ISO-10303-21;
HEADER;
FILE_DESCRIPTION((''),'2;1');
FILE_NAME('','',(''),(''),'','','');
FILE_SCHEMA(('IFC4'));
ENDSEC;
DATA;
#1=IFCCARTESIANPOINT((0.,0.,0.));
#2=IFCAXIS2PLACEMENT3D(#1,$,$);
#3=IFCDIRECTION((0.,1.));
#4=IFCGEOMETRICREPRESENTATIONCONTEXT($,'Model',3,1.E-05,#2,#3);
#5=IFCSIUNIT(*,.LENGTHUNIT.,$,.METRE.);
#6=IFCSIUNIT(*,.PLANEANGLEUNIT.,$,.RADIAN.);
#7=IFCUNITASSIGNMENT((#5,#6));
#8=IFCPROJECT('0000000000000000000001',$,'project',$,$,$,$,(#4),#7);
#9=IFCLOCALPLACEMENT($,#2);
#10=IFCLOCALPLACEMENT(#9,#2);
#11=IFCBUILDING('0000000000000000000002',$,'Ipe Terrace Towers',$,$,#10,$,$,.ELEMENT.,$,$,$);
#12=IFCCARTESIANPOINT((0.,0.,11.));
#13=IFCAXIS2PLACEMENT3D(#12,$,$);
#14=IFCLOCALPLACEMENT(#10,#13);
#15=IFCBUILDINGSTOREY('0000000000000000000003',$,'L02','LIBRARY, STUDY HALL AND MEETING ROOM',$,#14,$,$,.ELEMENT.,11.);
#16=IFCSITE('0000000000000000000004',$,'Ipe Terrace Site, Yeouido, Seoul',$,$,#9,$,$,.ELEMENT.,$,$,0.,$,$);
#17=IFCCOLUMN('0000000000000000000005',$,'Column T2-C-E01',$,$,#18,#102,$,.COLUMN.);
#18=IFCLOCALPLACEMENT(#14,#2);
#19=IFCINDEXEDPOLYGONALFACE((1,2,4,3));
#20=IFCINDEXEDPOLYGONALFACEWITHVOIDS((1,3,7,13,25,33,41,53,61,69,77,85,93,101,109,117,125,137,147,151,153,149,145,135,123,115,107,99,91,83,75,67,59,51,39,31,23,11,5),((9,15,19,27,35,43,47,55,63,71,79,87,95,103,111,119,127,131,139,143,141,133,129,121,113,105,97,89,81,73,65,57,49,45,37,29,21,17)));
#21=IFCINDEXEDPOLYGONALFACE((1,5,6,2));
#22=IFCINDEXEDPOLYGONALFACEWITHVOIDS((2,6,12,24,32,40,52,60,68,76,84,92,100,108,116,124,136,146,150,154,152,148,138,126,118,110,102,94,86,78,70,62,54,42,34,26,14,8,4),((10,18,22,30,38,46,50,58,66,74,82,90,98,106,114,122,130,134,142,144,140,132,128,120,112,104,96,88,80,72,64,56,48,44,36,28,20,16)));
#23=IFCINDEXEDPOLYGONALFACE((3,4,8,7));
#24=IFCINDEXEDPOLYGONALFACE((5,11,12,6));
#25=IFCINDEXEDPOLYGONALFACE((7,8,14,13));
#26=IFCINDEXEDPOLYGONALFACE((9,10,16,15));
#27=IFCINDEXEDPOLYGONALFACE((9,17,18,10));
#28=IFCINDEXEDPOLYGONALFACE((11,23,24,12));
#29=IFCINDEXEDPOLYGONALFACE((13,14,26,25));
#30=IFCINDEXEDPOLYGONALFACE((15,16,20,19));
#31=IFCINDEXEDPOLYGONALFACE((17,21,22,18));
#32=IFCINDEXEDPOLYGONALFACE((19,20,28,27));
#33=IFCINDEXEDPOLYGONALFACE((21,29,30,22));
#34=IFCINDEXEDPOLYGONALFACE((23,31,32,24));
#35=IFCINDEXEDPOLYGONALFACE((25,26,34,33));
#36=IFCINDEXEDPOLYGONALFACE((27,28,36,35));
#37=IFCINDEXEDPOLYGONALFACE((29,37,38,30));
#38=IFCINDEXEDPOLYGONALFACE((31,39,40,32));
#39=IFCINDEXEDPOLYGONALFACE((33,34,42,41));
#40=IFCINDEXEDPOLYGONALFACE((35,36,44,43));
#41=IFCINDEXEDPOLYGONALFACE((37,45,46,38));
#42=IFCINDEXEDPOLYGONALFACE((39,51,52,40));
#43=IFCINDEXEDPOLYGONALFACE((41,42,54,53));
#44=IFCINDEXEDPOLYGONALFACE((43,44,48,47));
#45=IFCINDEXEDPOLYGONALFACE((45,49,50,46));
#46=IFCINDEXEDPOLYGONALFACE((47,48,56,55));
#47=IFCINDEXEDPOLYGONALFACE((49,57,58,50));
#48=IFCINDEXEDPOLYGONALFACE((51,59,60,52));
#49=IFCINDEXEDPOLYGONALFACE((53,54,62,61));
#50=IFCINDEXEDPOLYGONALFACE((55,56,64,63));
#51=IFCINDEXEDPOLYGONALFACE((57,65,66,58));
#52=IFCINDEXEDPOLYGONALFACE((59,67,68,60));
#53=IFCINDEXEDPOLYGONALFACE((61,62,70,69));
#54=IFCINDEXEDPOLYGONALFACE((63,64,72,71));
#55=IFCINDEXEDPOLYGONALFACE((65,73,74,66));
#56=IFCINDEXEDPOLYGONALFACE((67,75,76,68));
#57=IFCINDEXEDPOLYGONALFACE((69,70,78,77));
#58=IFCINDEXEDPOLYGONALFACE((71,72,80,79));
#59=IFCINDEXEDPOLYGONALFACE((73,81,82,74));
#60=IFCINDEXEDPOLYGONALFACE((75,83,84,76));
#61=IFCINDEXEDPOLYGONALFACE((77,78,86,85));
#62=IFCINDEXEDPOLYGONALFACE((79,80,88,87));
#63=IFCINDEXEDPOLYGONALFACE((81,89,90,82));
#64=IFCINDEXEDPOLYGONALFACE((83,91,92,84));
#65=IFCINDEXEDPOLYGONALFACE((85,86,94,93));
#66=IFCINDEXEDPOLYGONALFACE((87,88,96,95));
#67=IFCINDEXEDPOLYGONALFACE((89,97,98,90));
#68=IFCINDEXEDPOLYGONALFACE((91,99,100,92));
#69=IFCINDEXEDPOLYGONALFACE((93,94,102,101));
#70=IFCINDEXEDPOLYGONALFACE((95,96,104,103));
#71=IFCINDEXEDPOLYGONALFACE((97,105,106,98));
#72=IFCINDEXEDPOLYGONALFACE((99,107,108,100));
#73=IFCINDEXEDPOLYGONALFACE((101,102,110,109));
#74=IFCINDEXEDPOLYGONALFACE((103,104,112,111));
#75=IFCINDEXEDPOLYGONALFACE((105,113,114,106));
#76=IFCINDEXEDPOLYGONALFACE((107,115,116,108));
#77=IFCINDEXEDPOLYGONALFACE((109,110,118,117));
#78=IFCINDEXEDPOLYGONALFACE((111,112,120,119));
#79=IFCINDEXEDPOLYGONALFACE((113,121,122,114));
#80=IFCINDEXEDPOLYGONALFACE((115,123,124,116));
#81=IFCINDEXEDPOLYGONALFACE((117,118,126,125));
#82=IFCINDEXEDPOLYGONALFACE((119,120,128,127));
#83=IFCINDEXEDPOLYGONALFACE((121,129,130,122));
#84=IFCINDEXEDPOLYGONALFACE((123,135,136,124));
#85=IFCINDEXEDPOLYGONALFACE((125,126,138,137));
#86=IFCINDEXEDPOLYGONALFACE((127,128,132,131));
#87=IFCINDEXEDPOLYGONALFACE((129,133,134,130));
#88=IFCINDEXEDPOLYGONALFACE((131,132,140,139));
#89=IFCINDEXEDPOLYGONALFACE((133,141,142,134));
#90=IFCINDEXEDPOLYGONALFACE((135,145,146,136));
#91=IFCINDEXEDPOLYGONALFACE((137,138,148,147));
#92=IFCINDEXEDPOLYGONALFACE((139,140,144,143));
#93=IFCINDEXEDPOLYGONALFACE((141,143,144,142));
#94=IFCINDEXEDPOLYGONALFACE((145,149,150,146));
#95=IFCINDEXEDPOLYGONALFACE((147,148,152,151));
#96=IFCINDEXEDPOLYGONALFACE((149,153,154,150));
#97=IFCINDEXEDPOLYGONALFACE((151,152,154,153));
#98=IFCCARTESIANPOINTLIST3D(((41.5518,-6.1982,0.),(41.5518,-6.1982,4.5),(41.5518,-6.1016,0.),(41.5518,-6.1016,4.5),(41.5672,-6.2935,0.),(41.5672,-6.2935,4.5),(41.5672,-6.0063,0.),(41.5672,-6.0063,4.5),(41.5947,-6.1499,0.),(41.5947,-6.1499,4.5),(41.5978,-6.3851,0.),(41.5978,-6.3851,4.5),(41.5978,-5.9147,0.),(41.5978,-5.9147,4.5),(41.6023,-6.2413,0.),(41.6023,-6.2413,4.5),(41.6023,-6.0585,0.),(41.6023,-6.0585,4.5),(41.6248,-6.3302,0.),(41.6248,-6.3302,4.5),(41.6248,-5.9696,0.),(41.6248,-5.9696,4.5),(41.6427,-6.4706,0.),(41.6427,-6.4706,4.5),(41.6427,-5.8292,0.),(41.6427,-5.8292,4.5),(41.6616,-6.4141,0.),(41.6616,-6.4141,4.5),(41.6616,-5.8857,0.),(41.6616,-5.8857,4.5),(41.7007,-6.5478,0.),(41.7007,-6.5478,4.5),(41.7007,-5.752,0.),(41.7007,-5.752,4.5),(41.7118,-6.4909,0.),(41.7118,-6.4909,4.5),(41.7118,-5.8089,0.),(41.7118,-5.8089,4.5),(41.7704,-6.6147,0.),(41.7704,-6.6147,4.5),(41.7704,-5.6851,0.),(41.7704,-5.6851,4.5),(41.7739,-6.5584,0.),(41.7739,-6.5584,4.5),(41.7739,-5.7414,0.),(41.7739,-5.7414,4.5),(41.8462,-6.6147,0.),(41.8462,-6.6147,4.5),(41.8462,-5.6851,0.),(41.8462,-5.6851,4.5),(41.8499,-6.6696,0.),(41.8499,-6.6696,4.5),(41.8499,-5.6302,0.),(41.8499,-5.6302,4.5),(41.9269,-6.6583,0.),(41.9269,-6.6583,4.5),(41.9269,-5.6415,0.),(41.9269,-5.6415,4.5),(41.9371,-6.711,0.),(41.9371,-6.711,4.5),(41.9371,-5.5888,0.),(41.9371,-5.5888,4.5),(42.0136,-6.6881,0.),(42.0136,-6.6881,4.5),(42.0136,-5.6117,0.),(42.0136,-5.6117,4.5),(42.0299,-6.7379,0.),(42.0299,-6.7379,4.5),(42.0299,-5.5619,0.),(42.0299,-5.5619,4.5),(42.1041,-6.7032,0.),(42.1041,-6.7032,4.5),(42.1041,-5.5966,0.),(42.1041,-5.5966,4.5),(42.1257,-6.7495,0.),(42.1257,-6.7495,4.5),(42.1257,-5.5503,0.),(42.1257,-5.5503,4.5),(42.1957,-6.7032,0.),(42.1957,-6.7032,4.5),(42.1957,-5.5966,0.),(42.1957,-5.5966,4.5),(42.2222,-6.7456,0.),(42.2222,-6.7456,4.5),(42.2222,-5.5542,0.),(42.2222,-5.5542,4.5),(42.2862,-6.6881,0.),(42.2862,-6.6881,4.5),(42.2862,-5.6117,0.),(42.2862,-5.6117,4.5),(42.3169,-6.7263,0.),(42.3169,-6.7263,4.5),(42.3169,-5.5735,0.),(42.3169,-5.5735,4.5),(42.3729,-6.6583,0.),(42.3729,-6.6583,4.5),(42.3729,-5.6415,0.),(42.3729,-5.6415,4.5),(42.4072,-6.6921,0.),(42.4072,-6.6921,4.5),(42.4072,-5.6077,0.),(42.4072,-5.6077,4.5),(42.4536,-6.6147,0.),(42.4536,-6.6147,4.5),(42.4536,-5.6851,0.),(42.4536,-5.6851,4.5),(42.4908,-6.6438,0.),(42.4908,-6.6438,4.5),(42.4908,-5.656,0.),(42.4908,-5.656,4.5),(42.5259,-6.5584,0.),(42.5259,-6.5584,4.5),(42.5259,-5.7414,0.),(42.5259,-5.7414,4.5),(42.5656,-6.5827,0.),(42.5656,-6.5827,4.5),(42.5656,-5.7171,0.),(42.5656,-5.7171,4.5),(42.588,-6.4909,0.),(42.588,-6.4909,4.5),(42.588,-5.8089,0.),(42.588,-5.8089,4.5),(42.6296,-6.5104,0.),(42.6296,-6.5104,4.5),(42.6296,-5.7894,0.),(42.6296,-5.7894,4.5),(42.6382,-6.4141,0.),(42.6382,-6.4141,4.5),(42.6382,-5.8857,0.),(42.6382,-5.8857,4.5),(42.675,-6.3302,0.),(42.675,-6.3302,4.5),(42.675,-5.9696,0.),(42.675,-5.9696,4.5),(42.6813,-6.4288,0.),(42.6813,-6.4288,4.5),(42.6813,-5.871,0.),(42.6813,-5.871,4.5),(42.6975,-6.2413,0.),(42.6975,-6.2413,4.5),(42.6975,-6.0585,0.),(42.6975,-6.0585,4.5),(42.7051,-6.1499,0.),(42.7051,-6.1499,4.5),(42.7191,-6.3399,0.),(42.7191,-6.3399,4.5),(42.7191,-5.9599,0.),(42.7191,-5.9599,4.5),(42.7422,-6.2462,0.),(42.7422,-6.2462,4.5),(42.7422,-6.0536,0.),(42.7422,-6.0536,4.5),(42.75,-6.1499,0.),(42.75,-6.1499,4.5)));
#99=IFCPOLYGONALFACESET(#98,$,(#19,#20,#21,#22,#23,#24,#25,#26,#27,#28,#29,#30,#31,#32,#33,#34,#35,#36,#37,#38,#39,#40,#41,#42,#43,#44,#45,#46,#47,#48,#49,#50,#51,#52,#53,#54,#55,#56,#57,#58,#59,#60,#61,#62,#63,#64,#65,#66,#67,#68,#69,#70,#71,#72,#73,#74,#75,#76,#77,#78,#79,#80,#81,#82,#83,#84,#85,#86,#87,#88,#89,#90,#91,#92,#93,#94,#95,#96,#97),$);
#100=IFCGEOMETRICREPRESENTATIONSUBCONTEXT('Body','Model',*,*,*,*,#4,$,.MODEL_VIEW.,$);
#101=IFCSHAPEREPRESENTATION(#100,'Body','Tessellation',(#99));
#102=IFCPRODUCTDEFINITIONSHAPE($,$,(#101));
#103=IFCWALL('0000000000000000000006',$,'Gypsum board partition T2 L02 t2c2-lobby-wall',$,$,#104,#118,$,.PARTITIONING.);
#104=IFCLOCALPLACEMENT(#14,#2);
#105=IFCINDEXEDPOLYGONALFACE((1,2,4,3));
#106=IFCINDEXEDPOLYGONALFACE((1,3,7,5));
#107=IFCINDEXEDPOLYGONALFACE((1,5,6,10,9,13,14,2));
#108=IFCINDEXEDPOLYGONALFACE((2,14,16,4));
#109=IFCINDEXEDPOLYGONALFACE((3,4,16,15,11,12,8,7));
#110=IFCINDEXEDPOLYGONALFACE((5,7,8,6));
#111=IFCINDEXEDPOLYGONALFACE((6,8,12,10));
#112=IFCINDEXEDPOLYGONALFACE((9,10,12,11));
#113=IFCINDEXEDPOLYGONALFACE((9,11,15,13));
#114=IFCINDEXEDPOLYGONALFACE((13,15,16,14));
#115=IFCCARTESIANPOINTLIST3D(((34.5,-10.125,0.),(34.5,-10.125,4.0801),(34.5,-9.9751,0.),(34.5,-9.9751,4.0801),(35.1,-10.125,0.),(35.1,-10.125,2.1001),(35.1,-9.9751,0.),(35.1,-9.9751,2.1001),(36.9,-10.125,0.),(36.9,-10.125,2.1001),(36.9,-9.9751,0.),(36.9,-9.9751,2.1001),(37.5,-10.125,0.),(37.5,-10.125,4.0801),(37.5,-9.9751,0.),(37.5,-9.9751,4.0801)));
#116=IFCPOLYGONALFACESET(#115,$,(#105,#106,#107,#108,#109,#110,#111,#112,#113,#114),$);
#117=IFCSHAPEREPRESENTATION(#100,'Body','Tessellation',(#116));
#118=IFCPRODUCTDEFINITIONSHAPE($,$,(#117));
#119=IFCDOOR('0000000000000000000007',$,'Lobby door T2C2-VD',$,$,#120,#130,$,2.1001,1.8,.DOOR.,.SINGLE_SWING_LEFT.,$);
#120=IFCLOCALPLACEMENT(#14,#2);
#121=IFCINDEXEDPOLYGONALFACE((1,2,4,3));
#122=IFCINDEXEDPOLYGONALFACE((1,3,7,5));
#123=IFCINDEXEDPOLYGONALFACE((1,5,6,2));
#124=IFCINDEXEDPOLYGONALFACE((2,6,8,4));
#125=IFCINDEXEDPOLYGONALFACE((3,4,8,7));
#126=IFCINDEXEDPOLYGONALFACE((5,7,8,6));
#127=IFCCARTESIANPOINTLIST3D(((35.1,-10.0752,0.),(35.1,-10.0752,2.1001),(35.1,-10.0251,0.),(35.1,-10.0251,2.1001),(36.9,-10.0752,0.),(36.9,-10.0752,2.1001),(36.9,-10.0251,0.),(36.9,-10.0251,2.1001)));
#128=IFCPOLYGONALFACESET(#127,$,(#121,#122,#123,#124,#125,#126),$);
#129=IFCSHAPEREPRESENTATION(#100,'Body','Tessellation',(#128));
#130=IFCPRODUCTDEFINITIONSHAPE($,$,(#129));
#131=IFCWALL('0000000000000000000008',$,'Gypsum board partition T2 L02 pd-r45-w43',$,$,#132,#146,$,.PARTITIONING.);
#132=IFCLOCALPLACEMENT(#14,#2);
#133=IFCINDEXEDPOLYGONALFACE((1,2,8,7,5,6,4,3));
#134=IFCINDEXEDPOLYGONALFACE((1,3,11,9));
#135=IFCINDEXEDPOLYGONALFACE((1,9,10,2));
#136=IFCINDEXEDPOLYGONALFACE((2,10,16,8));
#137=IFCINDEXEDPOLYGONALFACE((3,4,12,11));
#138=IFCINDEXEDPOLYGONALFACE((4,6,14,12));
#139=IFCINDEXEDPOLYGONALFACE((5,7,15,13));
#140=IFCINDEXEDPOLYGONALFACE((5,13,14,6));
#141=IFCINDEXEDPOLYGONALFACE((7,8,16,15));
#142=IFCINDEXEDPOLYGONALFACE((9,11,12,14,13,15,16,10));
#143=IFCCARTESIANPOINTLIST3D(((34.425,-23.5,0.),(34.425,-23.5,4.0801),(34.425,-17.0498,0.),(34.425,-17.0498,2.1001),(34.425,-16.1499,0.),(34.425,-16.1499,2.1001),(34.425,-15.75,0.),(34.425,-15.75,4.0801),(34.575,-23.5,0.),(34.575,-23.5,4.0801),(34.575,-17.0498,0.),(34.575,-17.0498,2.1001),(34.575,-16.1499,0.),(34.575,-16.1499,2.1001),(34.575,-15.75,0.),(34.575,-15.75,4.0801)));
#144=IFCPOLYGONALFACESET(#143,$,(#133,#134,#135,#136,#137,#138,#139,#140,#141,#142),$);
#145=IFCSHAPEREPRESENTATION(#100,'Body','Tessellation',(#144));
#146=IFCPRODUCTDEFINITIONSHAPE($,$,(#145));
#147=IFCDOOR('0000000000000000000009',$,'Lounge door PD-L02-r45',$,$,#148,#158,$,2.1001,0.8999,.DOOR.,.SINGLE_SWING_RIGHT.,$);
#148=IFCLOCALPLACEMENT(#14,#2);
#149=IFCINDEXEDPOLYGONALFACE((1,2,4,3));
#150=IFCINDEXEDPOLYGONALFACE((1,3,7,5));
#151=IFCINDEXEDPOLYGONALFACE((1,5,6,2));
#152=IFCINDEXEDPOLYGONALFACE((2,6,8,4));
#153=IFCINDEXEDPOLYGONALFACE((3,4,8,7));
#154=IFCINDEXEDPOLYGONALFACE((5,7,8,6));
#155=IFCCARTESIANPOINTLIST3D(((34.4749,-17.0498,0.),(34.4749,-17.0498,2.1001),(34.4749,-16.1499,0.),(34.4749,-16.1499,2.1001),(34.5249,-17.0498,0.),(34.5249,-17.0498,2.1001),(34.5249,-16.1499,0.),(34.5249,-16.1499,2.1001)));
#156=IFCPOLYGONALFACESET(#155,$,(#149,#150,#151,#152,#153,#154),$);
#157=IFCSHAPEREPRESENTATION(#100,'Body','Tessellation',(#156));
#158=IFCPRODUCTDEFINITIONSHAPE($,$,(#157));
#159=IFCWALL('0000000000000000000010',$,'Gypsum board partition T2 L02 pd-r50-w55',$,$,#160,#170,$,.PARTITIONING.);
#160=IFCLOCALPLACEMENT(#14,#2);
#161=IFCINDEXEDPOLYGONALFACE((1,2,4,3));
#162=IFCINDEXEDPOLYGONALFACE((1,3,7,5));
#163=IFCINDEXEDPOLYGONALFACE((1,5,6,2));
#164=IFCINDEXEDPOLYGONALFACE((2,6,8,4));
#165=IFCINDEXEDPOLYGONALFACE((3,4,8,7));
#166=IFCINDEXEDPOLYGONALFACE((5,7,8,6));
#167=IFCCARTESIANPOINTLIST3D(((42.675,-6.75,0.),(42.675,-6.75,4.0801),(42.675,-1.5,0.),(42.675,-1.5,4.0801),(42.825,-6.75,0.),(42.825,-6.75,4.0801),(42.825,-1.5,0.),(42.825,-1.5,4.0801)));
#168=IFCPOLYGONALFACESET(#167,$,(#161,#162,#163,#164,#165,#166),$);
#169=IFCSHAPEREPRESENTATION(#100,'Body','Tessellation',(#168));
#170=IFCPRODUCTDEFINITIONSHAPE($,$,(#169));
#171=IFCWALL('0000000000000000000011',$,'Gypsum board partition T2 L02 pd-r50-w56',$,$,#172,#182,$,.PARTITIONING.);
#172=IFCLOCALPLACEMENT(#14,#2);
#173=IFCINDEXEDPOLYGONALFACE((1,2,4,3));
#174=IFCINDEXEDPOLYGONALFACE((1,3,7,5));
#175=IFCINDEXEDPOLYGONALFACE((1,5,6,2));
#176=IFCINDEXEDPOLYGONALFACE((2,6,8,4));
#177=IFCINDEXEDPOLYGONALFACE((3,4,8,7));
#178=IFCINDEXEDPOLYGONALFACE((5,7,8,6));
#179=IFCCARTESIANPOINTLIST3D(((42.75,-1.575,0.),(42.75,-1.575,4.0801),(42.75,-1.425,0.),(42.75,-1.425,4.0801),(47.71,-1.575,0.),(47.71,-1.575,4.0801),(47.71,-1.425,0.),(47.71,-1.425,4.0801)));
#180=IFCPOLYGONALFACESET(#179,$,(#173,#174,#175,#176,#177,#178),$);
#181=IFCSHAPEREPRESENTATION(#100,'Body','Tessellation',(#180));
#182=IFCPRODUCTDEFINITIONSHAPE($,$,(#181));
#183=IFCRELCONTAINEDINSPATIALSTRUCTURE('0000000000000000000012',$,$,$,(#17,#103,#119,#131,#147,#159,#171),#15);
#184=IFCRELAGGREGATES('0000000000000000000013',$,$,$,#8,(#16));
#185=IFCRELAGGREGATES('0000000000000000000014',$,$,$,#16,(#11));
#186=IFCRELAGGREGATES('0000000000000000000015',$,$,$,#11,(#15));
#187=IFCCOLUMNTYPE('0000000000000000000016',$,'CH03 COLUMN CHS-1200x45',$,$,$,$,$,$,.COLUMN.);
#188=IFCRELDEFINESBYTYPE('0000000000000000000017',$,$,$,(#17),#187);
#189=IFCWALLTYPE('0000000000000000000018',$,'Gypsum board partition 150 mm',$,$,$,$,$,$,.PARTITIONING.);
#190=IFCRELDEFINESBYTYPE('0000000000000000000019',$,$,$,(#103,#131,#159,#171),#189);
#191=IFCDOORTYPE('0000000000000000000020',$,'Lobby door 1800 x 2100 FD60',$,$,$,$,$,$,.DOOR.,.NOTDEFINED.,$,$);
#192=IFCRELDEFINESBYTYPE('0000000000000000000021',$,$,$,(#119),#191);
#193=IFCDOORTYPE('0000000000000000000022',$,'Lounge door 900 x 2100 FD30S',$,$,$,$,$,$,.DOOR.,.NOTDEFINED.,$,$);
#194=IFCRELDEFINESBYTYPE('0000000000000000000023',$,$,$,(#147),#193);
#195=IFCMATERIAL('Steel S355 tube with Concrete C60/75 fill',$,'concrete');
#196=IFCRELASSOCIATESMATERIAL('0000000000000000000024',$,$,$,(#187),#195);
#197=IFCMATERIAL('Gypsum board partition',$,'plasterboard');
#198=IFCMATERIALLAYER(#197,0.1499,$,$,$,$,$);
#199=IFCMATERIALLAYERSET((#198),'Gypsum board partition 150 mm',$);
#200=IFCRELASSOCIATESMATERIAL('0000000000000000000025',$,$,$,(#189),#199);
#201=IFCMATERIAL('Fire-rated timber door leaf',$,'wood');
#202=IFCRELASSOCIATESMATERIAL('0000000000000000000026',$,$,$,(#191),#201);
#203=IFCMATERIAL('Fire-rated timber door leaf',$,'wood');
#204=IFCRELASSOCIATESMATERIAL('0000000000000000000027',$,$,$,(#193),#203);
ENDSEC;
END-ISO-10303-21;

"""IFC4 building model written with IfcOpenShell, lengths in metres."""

from ifc_helpers import new_model, si_unit, direction, frame, frame_2d, origin, origin_2d, place, context, subcontext, project, spatial, rectangle, hollow_circle, extrude, material, layer, layer_set, material_profile, profile_set, type_object, element, fill, save


model = new_model("IFC4")

# Units and contexts
model_context = context("Model", 3, precision=1e-05, world=origin(), true_north=direction((0.0, 1.0)))
body_context = subcontext(model_context, "Body", "Model", "MODEL_VIEW")
ifc_project = project(units=[si_unit("LENGTHUNIT", "METRE"), si_unit("PLANEANGLEUNIT", "RADIAN")], contexts=[model_context])

# Site, building, storey
site_placement = place(None, origin())
site = spatial("IfcSite", under=ifc_project, at=site_placement, Name="Ipe Terrace Site, Yeouido, Seoul", CompositionType="ELEMENT", RefElevation=0.0)
building_placement = place(site_placement, origin())
building = spatial("IfcBuilding", under=site, at=building_placement, Name="Ipe Terrace Towers", CompositionType="ELEMENT")
storey_placement = place(building_placement, frame((0.0, 0.0, 11.0)))
storey = spatial("IfcBuildingStorey", under=building, at=storey_placement, Name="L02", Description="LIBRARY, STUDY HALL AND MEETING ROOM", CompositionType="ELEMENT", Elevation=11.0)

# Column
ifc_material_1 = material(Name="Steel S355 tube with Concrete C60/75 fill", Category="concrete")
ifc_material_profile_1 = material_profile(ifc_material_1, hollow_circle(Radius=0.6001, WallThickness=0.0449, at=origin_2d()), Name="CHS-1200x45")
ifc_profile_set_1 = profile_set([ifc_material_profile_1], Name="Steel S355 tube with Concrete C60/75 fill")
column_type_1 = type_object("IfcColumnType", Name="CH03 COLUMN CHS-1200x45", PredefinedType="COLUMN", material=ifc_profile_set_1)
column_placement = place(storey_placement, frame((42.1499, -6.1499, 0.0), z_axis=(0.0, 0.0, 1.0), x_axis=(1.0, 0.0, 0.0)))
element("IfcColumn", 1, at=column_placement, inside=storey, type_object=column_type_1, Name="Column T2-C-E01", PredefinedType="COLUMN", context=body_context, shape_type="SweptSolid", body=[
    extrude(hollow_circle(Radius=0.6001, WallThickness=0.0449, at=origin_2d()), origin(), (0.0, 0.0, 1.0), 4.5),
])

# Walls, openings, doors
ifc_material_2 = material(Name="Gypsum board partition", Category="plasterboard")
ifc_layer_1 = layer(ifc_material_2, 0.1499)
ifc_layer_set_1 = layer_set([ifc_layer_1], Name="Gypsum board partition 150 mm")
wall_type_1 = type_object("IfcWallType", Name="Gypsum board partition 150 mm", PredefinedType="PARTITIONING", material=ifc_layer_set_1)
wall_1_placement = place(storey_placement, frame((34.5, -10.05, 0.0), z_axis=(0.0, 0.0, 1.0), x_axis=(1.0, 0.0, 0.0)))
wall_1 = element("IfcWall", 2, at=wall_1_placement, inside=storey, type_object=wall_type_1, Name="Gypsum board partition T2 L02 t2c2-lobby-wall", PredefinedType="PARTITIONING", context=body_context, shape_type="SweptSolid", body=[
    extrude(rectangle(XDim=3.0, YDim=0.1499, at=frame_2d((1.5, 0.0))), origin(), (0.0, 0.0, 1.0), 4.0801),
])
opening_1_placement = place(wall_1_placement, frame((0.6001, 0.0, 0.0)))
opening_1 = element("IfcOpeningElement", 3, at=opening_1_placement, cuts=wall_1, PredefinedType="OPENING", context=body_context, shape_type="SweptSolid", body=[
    extrude(rectangle(XDim=1.8, YDim=2.1001, at=frame_2d((0.8999, 1.05))), frame((0.0, 0.085, 0.0), z_axis=(0.0, -1.0, 0.0), x_axis=(1.0, 0.0, 0.0)), (0.0, 0.0, 1.0), 0.1699),
])
ifc_material_3 = material(Name="Fire-rated timber door leaf", Category="wood")
door_type_1 = type_object("IfcDoorType", Name="Lobby door 1800 x 2100 FD60", OperationType="NOTDEFINED", PredefinedType="DOOR", material=ifc_material_3)
door_1_placement = place(opening_1_placement, origin())
door_1 = element("IfcDoor", 4, at=door_1_placement, inside=storey, type_object=door_type_1, Name="Lobby door T2C2-VD", OperationType="SINGLE_SWING_LEFT", OverallHeight=2.1001, OverallWidth=1.8, PredefinedType="DOOR", context=body_context, shape_type="SweptSolid", body=[
    extrude(rectangle(XDim=1.8, YDim=2.1001, at=frame_2d((0.8999, 1.05))), frame((0.0, 0.0249, 0.0), z_axis=(0.0, -1.0, 0.0), x_axis=(1.0, 0.0, 0.0)), (0.0, 0.0, 1.0), 0.05),
])
fill(opening_1, door_1)
wall_2_placement = place(storey_placement, frame((34.5, -15.75, 0.0), z_axis=(0.0, 0.0, 1.0), x_axis=(0.0, -1.0, 0.0)))
wall_2 = element("IfcWall", 5, at=wall_2_placement, inside=storey, type_object=wall_type_1, Name="Gypsum board partition T2 L02 pd-r45-w43", PredefinedType="PARTITIONING", context=body_context, shape_type="SweptSolid", body=[
    extrude(rectangle(XDim=7.75, YDim=0.1499, at=frame_2d((3.875, 0.0))), origin(), (0.0, 0.0, 1.0), 4.0801),
])
opening_2_placement = place(wall_2_placement, frame((0.3999, 0.0, 0.0)))
opening_2 = element("IfcOpeningElement", 6, at=opening_2_placement, cuts=wall_2, PredefinedType="OPENING", context=body_context, shape_type="SweptSolid", body=[
    extrude(rectangle(XDim=0.8999, YDim=2.1001, at=frame_2d((0.45, 1.05))), frame((0.0, 0.085, 0.0), z_axis=(0.0, -1.0, 0.0), x_axis=(1.0, 0.0, 0.0)), (0.0, 0.0, 1.0), 0.1699),
])
ifc_material_4 = material(Name="Fire-rated timber door leaf", Category="wood")
door_type_2 = type_object("IfcDoorType", Name="Lounge door 900 x 2100 FD30S", OperationType="NOTDEFINED", PredefinedType="DOOR", material=ifc_material_4)
door_2_placement = place(opening_2_placement, origin())
door_2 = element("IfcDoor", 7, at=door_2_placement, inside=storey, type_object=door_type_2, Name="Lounge door PD-L02-r45", OperationType="SINGLE_SWING_RIGHT", OverallHeight=2.1001, OverallWidth=0.8999, PredefinedType="DOOR", context=body_context, shape_type="SweptSolid", body=[
    extrude(rectangle(XDim=0.8999, YDim=2.1001, at=frame_2d((0.45, 1.05))), frame((0.0, 0.0249, 0.0), z_axis=(0.0, -1.0, 0.0), x_axis=(1.0, 0.0, 0.0)), (0.0, 0.0, 1.0), 0.05),
])
fill(opening_2, door_2)

# Walls
wall_3_placement = place(storey_placement, frame((42.75, -6.75, 0.0), z_axis=(0.0, 0.0, 1.0), x_axis=(0.0, 1.0, 0.0)))
element("IfcWall", 8, at=wall_3_placement, inside=storey, type_object=wall_type_1, Name="Gypsum board partition T2 L02 pd-r50-w55", PredefinedType="PARTITIONING", context=body_context, shape_type="SweptSolid", body=[
    extrude(rectangle(XDim=5.25, YDim=0.1499, at=frame_2d((2.625, 0.0))), origin(), (0.0, 0.0, 1.0), 4.0801),
])
wall_4_placement = place(storey_placement, frame((42.75, -1.5, 0.0), z_axis=(0.0, 0.0, 1.0), x_axis=(1.0, 0.0, 0.0)))
element("IfcWall", 9, at=wall_4_placement, inside=storey, type_object=wall_type_1, Name="Gypsum board partition T2 L02 pd-r50-w56", PredefinedType="PARTITIONING", context=body_context, shape_type="SweptSolid", body=[
    extrude(rectangle(XDim=4.96, YDim=0.1499, at=frame_2d((2.48, 0.0))), origin(), (0.0, 0.0, 1.0), 4.0801),
])

save(model, "model.ifc")
